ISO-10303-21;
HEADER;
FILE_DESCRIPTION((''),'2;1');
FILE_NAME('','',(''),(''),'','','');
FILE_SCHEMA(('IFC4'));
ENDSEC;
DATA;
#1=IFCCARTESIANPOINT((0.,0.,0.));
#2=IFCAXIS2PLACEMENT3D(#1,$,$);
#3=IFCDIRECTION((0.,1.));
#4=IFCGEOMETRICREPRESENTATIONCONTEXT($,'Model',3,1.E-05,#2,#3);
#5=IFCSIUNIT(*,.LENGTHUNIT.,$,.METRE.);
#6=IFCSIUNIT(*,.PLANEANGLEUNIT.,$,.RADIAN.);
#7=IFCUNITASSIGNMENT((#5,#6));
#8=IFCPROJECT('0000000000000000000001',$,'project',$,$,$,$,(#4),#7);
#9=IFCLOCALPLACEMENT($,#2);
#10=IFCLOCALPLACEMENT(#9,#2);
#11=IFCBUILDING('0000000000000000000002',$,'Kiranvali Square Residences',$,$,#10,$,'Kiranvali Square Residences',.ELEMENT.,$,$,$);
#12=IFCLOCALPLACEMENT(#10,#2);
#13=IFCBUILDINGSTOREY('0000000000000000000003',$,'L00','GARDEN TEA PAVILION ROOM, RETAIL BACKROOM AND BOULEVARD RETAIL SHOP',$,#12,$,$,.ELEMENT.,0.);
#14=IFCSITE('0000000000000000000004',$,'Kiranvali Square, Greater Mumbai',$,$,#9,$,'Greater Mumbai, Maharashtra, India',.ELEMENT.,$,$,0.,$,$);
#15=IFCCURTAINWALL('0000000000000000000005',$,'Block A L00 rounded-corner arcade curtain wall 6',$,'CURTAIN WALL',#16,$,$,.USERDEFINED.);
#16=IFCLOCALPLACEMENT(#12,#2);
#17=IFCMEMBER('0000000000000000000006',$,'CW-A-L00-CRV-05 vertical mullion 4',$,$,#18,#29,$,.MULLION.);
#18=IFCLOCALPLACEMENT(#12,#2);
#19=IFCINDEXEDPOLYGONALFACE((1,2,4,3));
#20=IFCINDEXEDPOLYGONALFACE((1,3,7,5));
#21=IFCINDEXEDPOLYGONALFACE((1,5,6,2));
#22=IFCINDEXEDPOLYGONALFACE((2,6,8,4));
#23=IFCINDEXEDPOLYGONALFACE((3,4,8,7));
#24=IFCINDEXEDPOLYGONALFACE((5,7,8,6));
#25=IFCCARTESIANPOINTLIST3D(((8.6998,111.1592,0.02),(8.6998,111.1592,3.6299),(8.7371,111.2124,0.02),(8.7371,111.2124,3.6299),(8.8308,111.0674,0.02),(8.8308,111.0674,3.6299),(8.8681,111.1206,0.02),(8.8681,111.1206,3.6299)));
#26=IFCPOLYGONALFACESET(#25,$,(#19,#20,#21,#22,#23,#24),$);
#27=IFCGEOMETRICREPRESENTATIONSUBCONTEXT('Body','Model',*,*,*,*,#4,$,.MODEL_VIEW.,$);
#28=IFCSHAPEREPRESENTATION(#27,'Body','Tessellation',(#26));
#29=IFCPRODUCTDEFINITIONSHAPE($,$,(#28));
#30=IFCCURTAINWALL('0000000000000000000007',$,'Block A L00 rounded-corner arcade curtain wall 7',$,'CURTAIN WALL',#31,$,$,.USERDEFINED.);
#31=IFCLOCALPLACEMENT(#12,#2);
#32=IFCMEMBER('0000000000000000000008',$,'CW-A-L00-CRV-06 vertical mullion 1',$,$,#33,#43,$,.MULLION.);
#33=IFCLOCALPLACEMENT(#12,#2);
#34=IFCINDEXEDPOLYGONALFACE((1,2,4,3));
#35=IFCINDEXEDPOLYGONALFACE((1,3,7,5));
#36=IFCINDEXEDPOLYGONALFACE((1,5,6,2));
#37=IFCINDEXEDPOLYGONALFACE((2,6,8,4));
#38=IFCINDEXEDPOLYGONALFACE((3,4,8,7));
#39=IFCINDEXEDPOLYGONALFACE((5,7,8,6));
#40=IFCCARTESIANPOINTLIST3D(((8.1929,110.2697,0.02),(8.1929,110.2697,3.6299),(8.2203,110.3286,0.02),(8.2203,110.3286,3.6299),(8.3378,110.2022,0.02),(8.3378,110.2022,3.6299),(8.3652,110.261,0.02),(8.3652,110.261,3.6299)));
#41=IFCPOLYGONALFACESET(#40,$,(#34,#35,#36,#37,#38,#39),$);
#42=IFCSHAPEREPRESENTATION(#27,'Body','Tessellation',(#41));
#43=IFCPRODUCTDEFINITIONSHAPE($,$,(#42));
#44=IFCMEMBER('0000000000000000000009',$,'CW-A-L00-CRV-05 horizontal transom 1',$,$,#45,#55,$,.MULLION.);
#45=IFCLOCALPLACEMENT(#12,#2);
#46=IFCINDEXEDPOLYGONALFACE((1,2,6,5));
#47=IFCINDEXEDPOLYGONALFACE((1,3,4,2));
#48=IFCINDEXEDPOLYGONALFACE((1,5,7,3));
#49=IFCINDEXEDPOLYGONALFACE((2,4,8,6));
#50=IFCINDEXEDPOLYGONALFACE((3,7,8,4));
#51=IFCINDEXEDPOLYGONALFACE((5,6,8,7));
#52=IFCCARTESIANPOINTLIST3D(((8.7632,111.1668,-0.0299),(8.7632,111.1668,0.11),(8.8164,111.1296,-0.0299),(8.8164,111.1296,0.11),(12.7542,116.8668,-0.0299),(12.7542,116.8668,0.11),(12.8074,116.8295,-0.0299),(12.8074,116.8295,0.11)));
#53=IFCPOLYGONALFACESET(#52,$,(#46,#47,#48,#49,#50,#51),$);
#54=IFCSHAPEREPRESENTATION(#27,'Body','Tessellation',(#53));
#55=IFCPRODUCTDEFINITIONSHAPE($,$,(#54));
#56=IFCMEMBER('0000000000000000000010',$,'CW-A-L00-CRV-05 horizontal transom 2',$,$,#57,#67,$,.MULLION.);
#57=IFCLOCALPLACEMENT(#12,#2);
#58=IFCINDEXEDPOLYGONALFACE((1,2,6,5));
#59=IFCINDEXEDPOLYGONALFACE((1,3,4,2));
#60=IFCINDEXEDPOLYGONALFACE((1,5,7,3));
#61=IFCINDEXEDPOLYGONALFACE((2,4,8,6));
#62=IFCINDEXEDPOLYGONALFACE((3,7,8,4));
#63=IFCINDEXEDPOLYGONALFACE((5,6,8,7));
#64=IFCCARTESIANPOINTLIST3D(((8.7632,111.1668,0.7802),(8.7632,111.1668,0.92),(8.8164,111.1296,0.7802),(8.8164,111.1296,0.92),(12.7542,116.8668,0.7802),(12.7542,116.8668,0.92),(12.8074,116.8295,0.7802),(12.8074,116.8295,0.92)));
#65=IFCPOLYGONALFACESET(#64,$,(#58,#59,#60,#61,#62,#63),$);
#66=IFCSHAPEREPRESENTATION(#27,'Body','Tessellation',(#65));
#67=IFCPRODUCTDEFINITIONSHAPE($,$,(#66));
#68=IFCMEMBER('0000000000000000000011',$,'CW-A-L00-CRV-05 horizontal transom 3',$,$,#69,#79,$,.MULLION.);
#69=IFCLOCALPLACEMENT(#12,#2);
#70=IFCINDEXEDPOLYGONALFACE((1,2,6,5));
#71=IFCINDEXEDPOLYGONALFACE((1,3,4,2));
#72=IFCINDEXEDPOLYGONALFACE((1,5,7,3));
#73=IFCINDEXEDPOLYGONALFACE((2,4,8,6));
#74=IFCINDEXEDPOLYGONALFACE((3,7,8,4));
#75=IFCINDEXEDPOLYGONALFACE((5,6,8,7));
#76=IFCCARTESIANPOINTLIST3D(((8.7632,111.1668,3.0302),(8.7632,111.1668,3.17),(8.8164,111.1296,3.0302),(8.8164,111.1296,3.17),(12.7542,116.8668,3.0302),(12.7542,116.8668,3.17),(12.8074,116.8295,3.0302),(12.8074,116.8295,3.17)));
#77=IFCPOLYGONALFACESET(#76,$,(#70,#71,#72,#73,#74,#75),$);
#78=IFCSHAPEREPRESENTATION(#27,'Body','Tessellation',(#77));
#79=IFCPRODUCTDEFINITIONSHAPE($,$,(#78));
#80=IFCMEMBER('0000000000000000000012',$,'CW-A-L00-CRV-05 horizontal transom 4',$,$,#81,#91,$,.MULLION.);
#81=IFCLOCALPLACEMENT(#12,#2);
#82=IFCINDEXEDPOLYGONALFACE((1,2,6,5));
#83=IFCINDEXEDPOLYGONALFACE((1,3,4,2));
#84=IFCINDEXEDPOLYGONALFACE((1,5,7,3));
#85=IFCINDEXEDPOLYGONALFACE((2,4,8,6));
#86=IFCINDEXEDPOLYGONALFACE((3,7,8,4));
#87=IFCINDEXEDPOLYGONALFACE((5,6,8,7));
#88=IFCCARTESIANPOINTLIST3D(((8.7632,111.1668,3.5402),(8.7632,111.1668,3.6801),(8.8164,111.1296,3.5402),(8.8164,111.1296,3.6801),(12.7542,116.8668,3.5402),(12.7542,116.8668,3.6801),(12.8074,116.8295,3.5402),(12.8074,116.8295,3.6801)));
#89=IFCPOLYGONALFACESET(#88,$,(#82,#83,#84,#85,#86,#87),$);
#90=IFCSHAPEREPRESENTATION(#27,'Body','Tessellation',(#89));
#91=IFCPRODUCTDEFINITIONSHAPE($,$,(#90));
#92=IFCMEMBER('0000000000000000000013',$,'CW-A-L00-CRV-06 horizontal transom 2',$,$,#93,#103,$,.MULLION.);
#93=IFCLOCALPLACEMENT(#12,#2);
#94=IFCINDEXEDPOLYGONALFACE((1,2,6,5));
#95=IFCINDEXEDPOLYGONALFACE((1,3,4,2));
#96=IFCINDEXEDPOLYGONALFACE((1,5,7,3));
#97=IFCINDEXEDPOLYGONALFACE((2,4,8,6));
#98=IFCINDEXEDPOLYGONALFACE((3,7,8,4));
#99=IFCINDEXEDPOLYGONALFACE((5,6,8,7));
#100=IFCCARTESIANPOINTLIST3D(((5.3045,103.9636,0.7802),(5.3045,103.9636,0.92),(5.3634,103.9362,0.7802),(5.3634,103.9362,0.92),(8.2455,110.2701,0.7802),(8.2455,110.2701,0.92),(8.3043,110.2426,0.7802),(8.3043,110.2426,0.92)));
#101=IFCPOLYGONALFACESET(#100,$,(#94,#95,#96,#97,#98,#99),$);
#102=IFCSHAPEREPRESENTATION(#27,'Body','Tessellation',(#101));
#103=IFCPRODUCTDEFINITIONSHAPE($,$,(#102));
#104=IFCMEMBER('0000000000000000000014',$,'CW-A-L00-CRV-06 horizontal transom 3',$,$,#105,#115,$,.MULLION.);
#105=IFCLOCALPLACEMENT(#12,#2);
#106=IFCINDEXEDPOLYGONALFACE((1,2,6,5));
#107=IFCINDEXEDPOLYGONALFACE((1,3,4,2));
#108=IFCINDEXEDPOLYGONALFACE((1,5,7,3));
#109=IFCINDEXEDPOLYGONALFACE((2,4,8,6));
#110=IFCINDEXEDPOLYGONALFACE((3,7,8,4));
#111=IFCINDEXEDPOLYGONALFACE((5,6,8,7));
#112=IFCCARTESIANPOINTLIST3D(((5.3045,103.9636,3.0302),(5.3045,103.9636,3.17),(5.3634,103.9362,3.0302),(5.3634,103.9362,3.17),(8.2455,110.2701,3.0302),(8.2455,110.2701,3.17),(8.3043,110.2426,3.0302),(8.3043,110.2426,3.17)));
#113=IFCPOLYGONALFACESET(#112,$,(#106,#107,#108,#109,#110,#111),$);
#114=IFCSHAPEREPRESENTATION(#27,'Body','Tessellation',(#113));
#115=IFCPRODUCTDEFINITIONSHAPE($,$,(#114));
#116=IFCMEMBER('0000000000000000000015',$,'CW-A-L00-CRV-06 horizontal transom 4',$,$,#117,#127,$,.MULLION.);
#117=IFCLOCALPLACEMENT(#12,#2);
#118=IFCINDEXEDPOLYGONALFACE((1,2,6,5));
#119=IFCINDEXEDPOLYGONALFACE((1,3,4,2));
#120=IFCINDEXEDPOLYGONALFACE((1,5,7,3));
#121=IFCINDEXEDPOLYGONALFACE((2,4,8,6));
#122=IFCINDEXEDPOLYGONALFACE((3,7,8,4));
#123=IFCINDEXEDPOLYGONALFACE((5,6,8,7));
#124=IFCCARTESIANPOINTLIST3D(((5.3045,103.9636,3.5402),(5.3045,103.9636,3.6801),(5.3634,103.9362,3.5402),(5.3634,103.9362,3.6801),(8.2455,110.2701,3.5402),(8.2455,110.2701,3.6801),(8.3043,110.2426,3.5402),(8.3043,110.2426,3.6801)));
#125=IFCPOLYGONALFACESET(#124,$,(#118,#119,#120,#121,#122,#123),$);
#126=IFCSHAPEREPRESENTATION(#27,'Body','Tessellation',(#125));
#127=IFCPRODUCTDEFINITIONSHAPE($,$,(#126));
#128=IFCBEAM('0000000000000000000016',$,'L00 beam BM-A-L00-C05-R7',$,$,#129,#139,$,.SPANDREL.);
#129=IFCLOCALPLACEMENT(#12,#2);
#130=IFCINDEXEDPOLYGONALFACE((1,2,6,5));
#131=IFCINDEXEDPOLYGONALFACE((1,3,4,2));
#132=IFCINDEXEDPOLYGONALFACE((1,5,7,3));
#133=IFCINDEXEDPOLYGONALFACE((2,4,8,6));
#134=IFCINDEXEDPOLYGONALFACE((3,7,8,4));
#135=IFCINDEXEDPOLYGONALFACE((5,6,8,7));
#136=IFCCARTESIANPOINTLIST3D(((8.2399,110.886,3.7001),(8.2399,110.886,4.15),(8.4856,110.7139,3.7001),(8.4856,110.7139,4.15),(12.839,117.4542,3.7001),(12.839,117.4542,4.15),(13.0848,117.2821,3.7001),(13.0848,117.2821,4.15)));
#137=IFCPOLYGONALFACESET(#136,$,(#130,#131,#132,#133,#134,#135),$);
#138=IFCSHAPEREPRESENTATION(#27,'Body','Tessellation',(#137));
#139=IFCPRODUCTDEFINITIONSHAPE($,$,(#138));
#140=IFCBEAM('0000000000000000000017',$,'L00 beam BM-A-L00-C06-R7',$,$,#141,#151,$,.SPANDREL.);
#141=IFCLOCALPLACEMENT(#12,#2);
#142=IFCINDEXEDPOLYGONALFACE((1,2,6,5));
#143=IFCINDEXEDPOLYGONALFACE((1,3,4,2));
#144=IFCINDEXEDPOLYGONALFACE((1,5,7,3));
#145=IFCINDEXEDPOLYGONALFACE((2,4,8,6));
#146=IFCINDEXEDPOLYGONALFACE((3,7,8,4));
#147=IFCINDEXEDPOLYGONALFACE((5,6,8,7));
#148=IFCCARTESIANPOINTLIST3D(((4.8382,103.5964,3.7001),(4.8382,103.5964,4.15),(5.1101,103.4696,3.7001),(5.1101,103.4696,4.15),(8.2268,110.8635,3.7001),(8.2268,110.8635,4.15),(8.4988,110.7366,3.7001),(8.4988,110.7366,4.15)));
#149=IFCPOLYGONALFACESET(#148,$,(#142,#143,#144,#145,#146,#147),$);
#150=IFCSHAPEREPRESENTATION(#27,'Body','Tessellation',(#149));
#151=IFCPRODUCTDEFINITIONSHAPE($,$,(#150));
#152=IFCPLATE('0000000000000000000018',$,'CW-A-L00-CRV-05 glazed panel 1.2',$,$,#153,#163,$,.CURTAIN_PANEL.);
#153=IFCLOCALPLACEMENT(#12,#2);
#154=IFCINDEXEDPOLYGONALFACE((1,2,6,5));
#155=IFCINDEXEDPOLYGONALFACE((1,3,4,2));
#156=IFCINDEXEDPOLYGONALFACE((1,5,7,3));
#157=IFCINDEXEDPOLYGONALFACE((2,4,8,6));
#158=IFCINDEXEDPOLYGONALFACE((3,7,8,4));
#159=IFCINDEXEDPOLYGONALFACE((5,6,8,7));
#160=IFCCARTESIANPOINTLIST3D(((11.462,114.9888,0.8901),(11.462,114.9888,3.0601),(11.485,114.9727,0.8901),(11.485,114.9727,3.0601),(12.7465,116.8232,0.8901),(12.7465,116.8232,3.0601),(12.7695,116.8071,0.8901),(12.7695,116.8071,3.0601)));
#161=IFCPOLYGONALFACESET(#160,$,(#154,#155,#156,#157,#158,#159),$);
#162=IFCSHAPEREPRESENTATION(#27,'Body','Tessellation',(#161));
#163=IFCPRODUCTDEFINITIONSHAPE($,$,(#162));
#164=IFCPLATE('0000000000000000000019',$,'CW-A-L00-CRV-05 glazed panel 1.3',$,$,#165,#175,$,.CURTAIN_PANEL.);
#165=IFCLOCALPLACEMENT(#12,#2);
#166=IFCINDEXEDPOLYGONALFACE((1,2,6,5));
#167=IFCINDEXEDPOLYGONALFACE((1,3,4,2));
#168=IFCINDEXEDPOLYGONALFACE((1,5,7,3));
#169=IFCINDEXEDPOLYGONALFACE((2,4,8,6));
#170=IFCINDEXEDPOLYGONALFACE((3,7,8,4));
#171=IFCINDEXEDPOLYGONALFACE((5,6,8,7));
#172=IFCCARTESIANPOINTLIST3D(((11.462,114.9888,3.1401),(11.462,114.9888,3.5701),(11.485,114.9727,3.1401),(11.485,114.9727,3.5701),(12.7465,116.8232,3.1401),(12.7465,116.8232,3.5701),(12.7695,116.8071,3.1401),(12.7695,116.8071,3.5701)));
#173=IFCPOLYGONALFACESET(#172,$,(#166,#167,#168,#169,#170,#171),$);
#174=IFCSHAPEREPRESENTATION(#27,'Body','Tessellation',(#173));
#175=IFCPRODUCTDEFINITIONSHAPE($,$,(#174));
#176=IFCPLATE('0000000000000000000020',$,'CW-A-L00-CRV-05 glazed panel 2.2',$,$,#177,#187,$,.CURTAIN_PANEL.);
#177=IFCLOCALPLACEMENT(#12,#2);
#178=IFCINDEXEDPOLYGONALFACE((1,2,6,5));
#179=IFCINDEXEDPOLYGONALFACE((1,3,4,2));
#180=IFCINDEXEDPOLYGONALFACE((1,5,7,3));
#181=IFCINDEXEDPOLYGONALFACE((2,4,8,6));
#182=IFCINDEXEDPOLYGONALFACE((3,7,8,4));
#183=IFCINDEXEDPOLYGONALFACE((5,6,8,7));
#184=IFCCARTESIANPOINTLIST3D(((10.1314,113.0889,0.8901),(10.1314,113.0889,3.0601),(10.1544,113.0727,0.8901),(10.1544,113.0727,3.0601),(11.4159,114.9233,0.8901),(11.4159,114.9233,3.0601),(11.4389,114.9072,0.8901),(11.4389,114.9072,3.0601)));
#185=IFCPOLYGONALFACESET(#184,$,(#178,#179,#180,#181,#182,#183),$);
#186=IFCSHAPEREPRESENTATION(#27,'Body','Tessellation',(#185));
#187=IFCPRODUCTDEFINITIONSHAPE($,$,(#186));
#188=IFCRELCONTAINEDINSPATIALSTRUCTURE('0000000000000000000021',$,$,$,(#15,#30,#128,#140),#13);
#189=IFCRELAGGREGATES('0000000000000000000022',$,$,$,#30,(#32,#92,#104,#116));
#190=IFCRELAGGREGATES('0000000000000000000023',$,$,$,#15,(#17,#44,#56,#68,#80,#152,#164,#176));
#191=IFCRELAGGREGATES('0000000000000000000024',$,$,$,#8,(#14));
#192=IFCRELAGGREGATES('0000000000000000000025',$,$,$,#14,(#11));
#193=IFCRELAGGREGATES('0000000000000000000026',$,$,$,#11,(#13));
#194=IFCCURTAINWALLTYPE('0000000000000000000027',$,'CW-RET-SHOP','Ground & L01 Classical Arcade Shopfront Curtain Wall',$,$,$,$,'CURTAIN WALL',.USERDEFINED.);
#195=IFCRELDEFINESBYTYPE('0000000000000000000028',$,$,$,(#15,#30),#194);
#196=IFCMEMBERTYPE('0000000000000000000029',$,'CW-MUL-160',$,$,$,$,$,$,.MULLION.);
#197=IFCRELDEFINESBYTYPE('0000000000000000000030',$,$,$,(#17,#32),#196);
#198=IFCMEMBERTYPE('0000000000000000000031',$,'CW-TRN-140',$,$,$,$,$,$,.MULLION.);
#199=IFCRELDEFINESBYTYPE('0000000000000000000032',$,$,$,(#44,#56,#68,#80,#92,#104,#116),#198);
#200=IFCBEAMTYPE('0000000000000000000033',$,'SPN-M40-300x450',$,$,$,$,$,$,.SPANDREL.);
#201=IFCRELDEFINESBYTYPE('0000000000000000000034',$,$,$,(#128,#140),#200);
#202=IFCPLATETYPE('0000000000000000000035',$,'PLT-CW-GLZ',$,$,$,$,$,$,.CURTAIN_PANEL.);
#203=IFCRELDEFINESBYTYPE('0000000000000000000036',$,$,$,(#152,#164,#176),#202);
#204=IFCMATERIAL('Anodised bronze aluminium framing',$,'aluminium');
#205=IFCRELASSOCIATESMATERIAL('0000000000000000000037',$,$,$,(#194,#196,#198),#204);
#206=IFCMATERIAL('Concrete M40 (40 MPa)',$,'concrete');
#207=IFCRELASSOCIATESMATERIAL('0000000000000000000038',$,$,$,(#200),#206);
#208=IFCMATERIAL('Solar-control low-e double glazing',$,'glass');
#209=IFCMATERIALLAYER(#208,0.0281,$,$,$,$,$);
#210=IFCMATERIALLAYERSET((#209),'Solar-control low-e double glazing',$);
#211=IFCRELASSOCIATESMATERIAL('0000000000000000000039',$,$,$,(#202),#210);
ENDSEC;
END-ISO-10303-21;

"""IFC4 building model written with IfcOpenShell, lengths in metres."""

from ifc_helpers import new_model, si_unit, direction, frame, origin, origin_2d, place, context, subcontext, project, spatial, rectangle, extrude, material, layer, layer_set, material_profile, profile_set, type_object, element, aggregate, save


model = new_model("IFC4")

# Units and contexts
model_context = context("Model", 3, precision=1e-05, world=origin(), true_north=direction((0.0, 1.0)))
body_context = subcontext(model_context, "Body", "Model", "MODEL_VIEW")
ifc_project = project(units=[si_unit("LENGTHUNIT", "METRE"), si_unit("PLANEANGLEUNIT", "RADIAN")], contexts=[model_context])

# Site, building, storey
site_placement = place(None, origin())
site = spatial("IfcSite", under=ifc_project, at=site_placement, Name="Kiranvali Square, Greater Mumbai", LongName="Greater Mumbai, Maharashtra, India", CompositionType="ELEMENT", RefElevation=0.0)
building_placement = place(site_placement, origin())
building = spatial("IfcBuilding", under=site, at=building_placement, Name="Kiranvali Square Residences", LongName="Kiranvali Square Residences", CompositionType="ELEMENT")
storey_placement = place(building_placement, origin())
storey = spatial("IfcBuildingStorey", under=building, at=storey_placement, Name="L00", Description="GARDEN TEA PAVILION ROOM, RETAIL BACKROOM AND BOULEVARD RETAIL SHOP", CompositionType="ELEMENT", Elevation=0.0)

# Shared definitions
ifc_material_1 = material(Name="Anodised bronze aluminium framing", Category="aluminium")
curtain_wall_type = type_object("IfcCurtainWallType", Name="CW-RET-SHOP", Description="Ground & L01 Classical Arcade Shopfront Curtain Wall", ElementType="CURTAIN WALL", PredefinedType="USERDEFINED", material=ifc_material_1)
ifc_material_profile_1 = material_profile(ifc_material_1, rectangle(XDim=0.0649, YDim=0.1599, at=origin_2d()), Name="ALU 65x160")
ifc_profile_set_1 = profile_set([ifc_material_profile_1], Name="Anodised bronze aluminium framing")
member_type_1 = type_object("IfcMemberType", Name="CW-MUL-160", PredefinedType="MULLION", material=ifc_profile_set_1)

# Curtain wall, member
curtain_wall_1_placement = place(storey_placement, origin())
curtain_wall_1 = element("IfcCurtainWall", 1, at=curtain_wall_1_placement, inside=storey, type_object=curtain_wall_type, Name="Block A L00 rounded-corner arcade curtain wall 6", ObjectType="CURTAIN WALL", PredefinedType="USERDEFINED")
member_1_placement = place(storey_placement, frame((8.7839, 111.1399, 0.02), z_axis=(0.0, 0.0, 1.0), x_axis=(-0.573576, -0.819152, 0.0)))
member_1 = element("IfcMember", 2, at=member_1_placement, type_object=member_type_1, Name="CW-A-L00-CRV-05 vertical mullion 4", PredefinedType="MULLION", context=body_context, shape_type="SweptSolid", body=[
    extrude(rectangle(XDim=0.0649, YDim=0.1599, at=origin_2d()), origin(), (0.0, 0.0, 1.0), 3.6099),
])

# Curtain wall, member
curtain_wall_2_placement = place(storey_placement, origin())
curtain_wall_2 = element("IfcCurtainWall", 3, at=curtain_wall_2_placement, inside=storey, type_object=curtain_wall_type, Name="Block A L00 rounded-corner arcade curtain wall 7", ObjectType="CURTAIN WALL", PredefinedType="USERDEFINED")
member_2_placement = place(storey_placement, frame((8.2791, 110.2654, 0.02), z_axis=(0.0, 0.0, 1.0), x_axis=(-0.422618, -0.906308, 0.0)))
member_2 = element("IfcMember", 4, at=member_2_placement, type_object=member_type_1, Name="CW-A-L00-CRV-06 vertical mullion 1", PredefinedType="MULLION", context=body_context, shape_type="SweptSolid", body=[
    extrude(rectangle(XDim=0.0649, YDim=0.1599, at=origin_2d()), origin(), (0.0, 0.0, 1.0), 3.6099),
])

# Members
ifc_material_profile_2 = material_profile(ifc_material_1, rectangle(XDim=0.0649, YDim=0.1399, at=origin_2d()), Name="ALU 65x140")
ifc_profile_set_2 = profile_set([ifc_material_profile_2], Name="Anodised bronze aluminium framing")
member_type_2 = type_object("IfcMemberType", Name="CW-TRN-140", PredefinedType="MULLION", material=ifc_profile_set_2)
member_3_placement = place(storey_placement, frame((12.7808, 116.8481, 0.04), z_axis=(-0.573559, -0.819164, 0.0), x_axis=(0.819164, -0.573559, 0.0)))
member_3 = element("IfcMember", 5, at=member_3_placement, type_object=member_type_2, Name="CW-A-L00-CRV-05 horizontal transom 1", PredefinedType="MULLION", context=body_context, shape_type="SweptSolid", body=[
    extrude(rectangle(XDim=0.0649, YDim=0.1399, at=origin_2d()), origin(), (0.0, 0.0, 1.0), 6.9583),
])
member_4_placement = place(storey_placement, frame((12.7808, 116.8481, 0.8501), z_axis=(-0.573559, -0.819164, 0.0), x_axis=(0.819164, -0.573559, 0.0)))
member_4 = element("IfcMember", 6, at=member_4_placement, type_object=member_type_2, Name="CW-A-L00-CRV-05 horizontal transom 2", PredefinedType="MULLION", context=body_context, shape_type="SweptSolid", body=[
    extrude(rectangle(XDim=0.0649, YDim=0.1399, at=origin_2d()), origin(), (0.0, 0.0, 1.0), 6.9583),
])
member_5_placement = place(storey_placement, frame((12.7808, 116.8481, 3.1001), z_axis=(-0.573559, -0.819164, 0.0), x_axis=(0.819164, -0.573559, 0.0)))
member_5 = element("IfcMember", 7, at=member_5_placement, type_object=member_type_2, Name="CW-A-L00-CRV-05 horizontal transom 3", PredefinedType="MULLION", context=body_context, shape_type="SweptSolid", body=[
    extrude(rectangle(XDim=0.0649, YDim=0.1399, at=origin_2d()), origin(), (0.0, 0.0, 1.0), 6.9583),
])
member_6_placement = place(storey_placement, frame((12.7808, 116.8481, 3.6101), z_axis=(-0.573559, -0.819164, 0.0), x_axis=(0.819164, -0.573559, 0.0)))
member_6 = element("IfcMember", 8, at=member_6_placement, type_object=member_type_2, Name="CW-A-L00-CRV-05 horizontal transom 4", PredefinedType="MULLION", context=body_context, shape_type="SweptSolid", body=[
    extrude(rectangle(XDim=0.0649, YDim=0.1399, at=origin_2d()), origin(), (0.0, 0.0, 1.0), 6.9583),
])
member_7_placement = place(storey_placement, frame((8.2749, 110.2563, 0.8501), z_axis=(-0.422642, -0.906297, 0.0), x_axis=(0.906297, -0.422642, 0.0)))
member_7 = element("IfcMember", 9, at=member_7_placement, type_object=member_type_2, Name="CW-A-L00-CRV-06 horizontal transom 2", PredefinedType="MULLION", context=body_context, shape_type="SweptSolid", body=[
    extrude(rectangle(XDim=0.0649, YDim=0.1399, at=origin_2d()), origin(), (0.0, 0.0, 1.0), 6.9585),
])
member_8_placement = place(storey_placement, frame((8.2749, 110.2563, 3.1001), z_axis=(-0.422642, -0.906297, 0.0), x_axis=(0.906297, -0.422642, 0.0)))
member_8 = element("IfcMember", 10, at=member_8_placement, type_object=member_type_2, Name="CW-A-L00-CRV-06 horizontal transom 3", PredefinedType="MULLION", context=body_context, shape_type="SweptSolid", body=[
    extrude(rectangle(XDim=0.0649, YDim=0.1399, at=origin_2d()), origin(), (0.0, 0.0, 1.0), 6.9585),
])
member_9_placement = place(storey_placement, frame((8.2749, 110.2563, 3.6101), z_axis=(-0.422642, -0.906297, 0.0), x_axis=(0.906297, -0.422642, 0.0)))
member_9 = element("IfcMember", 11, at=member_9_placement, type_object=member_type_2, Name="CW-A-L00-CRV-06 horizontal transom 4", PredefinedType="MULLION", context=body_context, shape_type="SweptSolid", body=[
    extrude(rectangle(XDim=0.0649, YDim=0.1399, at=origin_2d()), origin(), (0.0, 0.0, 1.0), 6.9585),
])
aggregate(curtain_wall_2, [member_2, member_7, member_8, member_9])

# Beams
ifc_material_2 = material(Name="Concrete M40 (40 MPa)", Category="concrete")
ifc_material_profile_3 = material_profile(ifc_material_2, rectangle(XDim=0.3, YDim=0.45, at=origin_2d()), Name="RC 300x450")
ifc_profile_set_3 = profile_set([ifc_material_profile_3], Name="Concrete M40 (40 MPa)")
beam_type_1 = type_object("IfcBeamType", Name="SPN-M40-300x450", PredefinedType="SPANDREL", material=ifc_profile_set_3)
for number, where, z_axis, x_axis, name in (
    (12, (12.9619, 117.3682, 3.925), (-0.573583, -0.819148, 0.0), (0.819148, -0.573583, 0.0), "L00 beam BM-A-L00-C05-R7"),
    (13, (8.3628, 110.8, 3.925), (-0.422615, -0.906309, 0.0), (0.906309, -0.422615, 0.0), "L00 beam BM-A-L00-C06-R7"),
):
    element("IfcBeam", number, at=place(storey_placement, frame(where, z_axis=z_axis, x_axis=x_axis)), inside=storey, type_object=beam_type_1, Name=name, PredefinedType="SPANDREL", context=body_context, shape_type="SweptSolid", body=[
        extrude(rectangle(XDim=0.3, YDim=0.45, at=origin_2d()), origin(), (0.0, 0.0, 1.0), 8.0183),
    ])

# Plates
ifc_material_3 = material(Name="Solar-control low-e double glazing", Category="glass")
ifc_layer_1 = layer(ifc_material_3, 0.0281)
ifc_layer_set_1 = layer_set([ifc_layer_1], Name="Solar-control low-e double glazing")
plate_type_1 = type_object("IfcPlateType", Name="PLT-CW-GLZ", PredefinedType="CURTAIN_PANEL", material=ifc_layer_set_1)
plate_1_placement = place(storey_placement, frame((12.1157, 115.8979, 0.8901), z_axis=(0.0, 0.0, 1.0), x_axis=(-0.573576, -0.819152, 0.0)))
plate_1 = element("IfcPlate", 14, at=plate_1_placement, type_object=plate_type_1, Name="CW-A-L00-CRV-05 glazed panel 1.2", PredefinedType="CURTAIN_PANEL", context=body_context, shape_type="SweptSolid", body=[
    extrude(rectangle(XDim=2.2395, YDim=0.0281, at=origin_2d()), origin(), (0.0, 0.0, 1.0), 2.1699),
])
plate_2_placement = place(storey_placement, frame((12.1157, 115.8979, 3.1401), z_axis=(0.0, 0.0, 1.0), x_axis=(-0.573576, -0.819152, 0.0)))
plate_2 = element("IfcPlate", 15, at=plate_2_placement, type_object=plate_type_1, Name="CW-A-L00-CRV-05 glazed panel 1.3", PredefinedType="CURTAIN_PANEL", context=body_context, shape_type="SweptSolid", body=[
    extrude(rectangle(XDim=2.2395, YDim=0.0281, at=origin_2d()), origin(), (0.0, 0.0, 1.0), 0.4299),
])
plate_3_placement = place(storey_placement, frame((10.7852, 113.998, 0.8901), z_axis=(0.0, 0.0, 1.0), x_axis=(-0.573576, -0.819152, 0.0)))
plate_3 = element("IfcPlate", 16, at=plate_3_placement, type_object=plate_type_1, Name="CW-A-L00-CRV-05 glazed panel 2.2", PredefinedType="CURTAIN_PANEL", context=body_context, shape_type="SweptSolid", body=[
    extrude(rectangle(XDim=2.2395, YDim=0.0281, at=origin_2d()), origin(), (0.0, 0.0, 1.0), 2.1699),
])
aggregate(curtain_wall_1, [member_1, member_3, member_4, member_5, member_6, plate_1, plate_2, plate_3])

save(model, "model.ifc")
